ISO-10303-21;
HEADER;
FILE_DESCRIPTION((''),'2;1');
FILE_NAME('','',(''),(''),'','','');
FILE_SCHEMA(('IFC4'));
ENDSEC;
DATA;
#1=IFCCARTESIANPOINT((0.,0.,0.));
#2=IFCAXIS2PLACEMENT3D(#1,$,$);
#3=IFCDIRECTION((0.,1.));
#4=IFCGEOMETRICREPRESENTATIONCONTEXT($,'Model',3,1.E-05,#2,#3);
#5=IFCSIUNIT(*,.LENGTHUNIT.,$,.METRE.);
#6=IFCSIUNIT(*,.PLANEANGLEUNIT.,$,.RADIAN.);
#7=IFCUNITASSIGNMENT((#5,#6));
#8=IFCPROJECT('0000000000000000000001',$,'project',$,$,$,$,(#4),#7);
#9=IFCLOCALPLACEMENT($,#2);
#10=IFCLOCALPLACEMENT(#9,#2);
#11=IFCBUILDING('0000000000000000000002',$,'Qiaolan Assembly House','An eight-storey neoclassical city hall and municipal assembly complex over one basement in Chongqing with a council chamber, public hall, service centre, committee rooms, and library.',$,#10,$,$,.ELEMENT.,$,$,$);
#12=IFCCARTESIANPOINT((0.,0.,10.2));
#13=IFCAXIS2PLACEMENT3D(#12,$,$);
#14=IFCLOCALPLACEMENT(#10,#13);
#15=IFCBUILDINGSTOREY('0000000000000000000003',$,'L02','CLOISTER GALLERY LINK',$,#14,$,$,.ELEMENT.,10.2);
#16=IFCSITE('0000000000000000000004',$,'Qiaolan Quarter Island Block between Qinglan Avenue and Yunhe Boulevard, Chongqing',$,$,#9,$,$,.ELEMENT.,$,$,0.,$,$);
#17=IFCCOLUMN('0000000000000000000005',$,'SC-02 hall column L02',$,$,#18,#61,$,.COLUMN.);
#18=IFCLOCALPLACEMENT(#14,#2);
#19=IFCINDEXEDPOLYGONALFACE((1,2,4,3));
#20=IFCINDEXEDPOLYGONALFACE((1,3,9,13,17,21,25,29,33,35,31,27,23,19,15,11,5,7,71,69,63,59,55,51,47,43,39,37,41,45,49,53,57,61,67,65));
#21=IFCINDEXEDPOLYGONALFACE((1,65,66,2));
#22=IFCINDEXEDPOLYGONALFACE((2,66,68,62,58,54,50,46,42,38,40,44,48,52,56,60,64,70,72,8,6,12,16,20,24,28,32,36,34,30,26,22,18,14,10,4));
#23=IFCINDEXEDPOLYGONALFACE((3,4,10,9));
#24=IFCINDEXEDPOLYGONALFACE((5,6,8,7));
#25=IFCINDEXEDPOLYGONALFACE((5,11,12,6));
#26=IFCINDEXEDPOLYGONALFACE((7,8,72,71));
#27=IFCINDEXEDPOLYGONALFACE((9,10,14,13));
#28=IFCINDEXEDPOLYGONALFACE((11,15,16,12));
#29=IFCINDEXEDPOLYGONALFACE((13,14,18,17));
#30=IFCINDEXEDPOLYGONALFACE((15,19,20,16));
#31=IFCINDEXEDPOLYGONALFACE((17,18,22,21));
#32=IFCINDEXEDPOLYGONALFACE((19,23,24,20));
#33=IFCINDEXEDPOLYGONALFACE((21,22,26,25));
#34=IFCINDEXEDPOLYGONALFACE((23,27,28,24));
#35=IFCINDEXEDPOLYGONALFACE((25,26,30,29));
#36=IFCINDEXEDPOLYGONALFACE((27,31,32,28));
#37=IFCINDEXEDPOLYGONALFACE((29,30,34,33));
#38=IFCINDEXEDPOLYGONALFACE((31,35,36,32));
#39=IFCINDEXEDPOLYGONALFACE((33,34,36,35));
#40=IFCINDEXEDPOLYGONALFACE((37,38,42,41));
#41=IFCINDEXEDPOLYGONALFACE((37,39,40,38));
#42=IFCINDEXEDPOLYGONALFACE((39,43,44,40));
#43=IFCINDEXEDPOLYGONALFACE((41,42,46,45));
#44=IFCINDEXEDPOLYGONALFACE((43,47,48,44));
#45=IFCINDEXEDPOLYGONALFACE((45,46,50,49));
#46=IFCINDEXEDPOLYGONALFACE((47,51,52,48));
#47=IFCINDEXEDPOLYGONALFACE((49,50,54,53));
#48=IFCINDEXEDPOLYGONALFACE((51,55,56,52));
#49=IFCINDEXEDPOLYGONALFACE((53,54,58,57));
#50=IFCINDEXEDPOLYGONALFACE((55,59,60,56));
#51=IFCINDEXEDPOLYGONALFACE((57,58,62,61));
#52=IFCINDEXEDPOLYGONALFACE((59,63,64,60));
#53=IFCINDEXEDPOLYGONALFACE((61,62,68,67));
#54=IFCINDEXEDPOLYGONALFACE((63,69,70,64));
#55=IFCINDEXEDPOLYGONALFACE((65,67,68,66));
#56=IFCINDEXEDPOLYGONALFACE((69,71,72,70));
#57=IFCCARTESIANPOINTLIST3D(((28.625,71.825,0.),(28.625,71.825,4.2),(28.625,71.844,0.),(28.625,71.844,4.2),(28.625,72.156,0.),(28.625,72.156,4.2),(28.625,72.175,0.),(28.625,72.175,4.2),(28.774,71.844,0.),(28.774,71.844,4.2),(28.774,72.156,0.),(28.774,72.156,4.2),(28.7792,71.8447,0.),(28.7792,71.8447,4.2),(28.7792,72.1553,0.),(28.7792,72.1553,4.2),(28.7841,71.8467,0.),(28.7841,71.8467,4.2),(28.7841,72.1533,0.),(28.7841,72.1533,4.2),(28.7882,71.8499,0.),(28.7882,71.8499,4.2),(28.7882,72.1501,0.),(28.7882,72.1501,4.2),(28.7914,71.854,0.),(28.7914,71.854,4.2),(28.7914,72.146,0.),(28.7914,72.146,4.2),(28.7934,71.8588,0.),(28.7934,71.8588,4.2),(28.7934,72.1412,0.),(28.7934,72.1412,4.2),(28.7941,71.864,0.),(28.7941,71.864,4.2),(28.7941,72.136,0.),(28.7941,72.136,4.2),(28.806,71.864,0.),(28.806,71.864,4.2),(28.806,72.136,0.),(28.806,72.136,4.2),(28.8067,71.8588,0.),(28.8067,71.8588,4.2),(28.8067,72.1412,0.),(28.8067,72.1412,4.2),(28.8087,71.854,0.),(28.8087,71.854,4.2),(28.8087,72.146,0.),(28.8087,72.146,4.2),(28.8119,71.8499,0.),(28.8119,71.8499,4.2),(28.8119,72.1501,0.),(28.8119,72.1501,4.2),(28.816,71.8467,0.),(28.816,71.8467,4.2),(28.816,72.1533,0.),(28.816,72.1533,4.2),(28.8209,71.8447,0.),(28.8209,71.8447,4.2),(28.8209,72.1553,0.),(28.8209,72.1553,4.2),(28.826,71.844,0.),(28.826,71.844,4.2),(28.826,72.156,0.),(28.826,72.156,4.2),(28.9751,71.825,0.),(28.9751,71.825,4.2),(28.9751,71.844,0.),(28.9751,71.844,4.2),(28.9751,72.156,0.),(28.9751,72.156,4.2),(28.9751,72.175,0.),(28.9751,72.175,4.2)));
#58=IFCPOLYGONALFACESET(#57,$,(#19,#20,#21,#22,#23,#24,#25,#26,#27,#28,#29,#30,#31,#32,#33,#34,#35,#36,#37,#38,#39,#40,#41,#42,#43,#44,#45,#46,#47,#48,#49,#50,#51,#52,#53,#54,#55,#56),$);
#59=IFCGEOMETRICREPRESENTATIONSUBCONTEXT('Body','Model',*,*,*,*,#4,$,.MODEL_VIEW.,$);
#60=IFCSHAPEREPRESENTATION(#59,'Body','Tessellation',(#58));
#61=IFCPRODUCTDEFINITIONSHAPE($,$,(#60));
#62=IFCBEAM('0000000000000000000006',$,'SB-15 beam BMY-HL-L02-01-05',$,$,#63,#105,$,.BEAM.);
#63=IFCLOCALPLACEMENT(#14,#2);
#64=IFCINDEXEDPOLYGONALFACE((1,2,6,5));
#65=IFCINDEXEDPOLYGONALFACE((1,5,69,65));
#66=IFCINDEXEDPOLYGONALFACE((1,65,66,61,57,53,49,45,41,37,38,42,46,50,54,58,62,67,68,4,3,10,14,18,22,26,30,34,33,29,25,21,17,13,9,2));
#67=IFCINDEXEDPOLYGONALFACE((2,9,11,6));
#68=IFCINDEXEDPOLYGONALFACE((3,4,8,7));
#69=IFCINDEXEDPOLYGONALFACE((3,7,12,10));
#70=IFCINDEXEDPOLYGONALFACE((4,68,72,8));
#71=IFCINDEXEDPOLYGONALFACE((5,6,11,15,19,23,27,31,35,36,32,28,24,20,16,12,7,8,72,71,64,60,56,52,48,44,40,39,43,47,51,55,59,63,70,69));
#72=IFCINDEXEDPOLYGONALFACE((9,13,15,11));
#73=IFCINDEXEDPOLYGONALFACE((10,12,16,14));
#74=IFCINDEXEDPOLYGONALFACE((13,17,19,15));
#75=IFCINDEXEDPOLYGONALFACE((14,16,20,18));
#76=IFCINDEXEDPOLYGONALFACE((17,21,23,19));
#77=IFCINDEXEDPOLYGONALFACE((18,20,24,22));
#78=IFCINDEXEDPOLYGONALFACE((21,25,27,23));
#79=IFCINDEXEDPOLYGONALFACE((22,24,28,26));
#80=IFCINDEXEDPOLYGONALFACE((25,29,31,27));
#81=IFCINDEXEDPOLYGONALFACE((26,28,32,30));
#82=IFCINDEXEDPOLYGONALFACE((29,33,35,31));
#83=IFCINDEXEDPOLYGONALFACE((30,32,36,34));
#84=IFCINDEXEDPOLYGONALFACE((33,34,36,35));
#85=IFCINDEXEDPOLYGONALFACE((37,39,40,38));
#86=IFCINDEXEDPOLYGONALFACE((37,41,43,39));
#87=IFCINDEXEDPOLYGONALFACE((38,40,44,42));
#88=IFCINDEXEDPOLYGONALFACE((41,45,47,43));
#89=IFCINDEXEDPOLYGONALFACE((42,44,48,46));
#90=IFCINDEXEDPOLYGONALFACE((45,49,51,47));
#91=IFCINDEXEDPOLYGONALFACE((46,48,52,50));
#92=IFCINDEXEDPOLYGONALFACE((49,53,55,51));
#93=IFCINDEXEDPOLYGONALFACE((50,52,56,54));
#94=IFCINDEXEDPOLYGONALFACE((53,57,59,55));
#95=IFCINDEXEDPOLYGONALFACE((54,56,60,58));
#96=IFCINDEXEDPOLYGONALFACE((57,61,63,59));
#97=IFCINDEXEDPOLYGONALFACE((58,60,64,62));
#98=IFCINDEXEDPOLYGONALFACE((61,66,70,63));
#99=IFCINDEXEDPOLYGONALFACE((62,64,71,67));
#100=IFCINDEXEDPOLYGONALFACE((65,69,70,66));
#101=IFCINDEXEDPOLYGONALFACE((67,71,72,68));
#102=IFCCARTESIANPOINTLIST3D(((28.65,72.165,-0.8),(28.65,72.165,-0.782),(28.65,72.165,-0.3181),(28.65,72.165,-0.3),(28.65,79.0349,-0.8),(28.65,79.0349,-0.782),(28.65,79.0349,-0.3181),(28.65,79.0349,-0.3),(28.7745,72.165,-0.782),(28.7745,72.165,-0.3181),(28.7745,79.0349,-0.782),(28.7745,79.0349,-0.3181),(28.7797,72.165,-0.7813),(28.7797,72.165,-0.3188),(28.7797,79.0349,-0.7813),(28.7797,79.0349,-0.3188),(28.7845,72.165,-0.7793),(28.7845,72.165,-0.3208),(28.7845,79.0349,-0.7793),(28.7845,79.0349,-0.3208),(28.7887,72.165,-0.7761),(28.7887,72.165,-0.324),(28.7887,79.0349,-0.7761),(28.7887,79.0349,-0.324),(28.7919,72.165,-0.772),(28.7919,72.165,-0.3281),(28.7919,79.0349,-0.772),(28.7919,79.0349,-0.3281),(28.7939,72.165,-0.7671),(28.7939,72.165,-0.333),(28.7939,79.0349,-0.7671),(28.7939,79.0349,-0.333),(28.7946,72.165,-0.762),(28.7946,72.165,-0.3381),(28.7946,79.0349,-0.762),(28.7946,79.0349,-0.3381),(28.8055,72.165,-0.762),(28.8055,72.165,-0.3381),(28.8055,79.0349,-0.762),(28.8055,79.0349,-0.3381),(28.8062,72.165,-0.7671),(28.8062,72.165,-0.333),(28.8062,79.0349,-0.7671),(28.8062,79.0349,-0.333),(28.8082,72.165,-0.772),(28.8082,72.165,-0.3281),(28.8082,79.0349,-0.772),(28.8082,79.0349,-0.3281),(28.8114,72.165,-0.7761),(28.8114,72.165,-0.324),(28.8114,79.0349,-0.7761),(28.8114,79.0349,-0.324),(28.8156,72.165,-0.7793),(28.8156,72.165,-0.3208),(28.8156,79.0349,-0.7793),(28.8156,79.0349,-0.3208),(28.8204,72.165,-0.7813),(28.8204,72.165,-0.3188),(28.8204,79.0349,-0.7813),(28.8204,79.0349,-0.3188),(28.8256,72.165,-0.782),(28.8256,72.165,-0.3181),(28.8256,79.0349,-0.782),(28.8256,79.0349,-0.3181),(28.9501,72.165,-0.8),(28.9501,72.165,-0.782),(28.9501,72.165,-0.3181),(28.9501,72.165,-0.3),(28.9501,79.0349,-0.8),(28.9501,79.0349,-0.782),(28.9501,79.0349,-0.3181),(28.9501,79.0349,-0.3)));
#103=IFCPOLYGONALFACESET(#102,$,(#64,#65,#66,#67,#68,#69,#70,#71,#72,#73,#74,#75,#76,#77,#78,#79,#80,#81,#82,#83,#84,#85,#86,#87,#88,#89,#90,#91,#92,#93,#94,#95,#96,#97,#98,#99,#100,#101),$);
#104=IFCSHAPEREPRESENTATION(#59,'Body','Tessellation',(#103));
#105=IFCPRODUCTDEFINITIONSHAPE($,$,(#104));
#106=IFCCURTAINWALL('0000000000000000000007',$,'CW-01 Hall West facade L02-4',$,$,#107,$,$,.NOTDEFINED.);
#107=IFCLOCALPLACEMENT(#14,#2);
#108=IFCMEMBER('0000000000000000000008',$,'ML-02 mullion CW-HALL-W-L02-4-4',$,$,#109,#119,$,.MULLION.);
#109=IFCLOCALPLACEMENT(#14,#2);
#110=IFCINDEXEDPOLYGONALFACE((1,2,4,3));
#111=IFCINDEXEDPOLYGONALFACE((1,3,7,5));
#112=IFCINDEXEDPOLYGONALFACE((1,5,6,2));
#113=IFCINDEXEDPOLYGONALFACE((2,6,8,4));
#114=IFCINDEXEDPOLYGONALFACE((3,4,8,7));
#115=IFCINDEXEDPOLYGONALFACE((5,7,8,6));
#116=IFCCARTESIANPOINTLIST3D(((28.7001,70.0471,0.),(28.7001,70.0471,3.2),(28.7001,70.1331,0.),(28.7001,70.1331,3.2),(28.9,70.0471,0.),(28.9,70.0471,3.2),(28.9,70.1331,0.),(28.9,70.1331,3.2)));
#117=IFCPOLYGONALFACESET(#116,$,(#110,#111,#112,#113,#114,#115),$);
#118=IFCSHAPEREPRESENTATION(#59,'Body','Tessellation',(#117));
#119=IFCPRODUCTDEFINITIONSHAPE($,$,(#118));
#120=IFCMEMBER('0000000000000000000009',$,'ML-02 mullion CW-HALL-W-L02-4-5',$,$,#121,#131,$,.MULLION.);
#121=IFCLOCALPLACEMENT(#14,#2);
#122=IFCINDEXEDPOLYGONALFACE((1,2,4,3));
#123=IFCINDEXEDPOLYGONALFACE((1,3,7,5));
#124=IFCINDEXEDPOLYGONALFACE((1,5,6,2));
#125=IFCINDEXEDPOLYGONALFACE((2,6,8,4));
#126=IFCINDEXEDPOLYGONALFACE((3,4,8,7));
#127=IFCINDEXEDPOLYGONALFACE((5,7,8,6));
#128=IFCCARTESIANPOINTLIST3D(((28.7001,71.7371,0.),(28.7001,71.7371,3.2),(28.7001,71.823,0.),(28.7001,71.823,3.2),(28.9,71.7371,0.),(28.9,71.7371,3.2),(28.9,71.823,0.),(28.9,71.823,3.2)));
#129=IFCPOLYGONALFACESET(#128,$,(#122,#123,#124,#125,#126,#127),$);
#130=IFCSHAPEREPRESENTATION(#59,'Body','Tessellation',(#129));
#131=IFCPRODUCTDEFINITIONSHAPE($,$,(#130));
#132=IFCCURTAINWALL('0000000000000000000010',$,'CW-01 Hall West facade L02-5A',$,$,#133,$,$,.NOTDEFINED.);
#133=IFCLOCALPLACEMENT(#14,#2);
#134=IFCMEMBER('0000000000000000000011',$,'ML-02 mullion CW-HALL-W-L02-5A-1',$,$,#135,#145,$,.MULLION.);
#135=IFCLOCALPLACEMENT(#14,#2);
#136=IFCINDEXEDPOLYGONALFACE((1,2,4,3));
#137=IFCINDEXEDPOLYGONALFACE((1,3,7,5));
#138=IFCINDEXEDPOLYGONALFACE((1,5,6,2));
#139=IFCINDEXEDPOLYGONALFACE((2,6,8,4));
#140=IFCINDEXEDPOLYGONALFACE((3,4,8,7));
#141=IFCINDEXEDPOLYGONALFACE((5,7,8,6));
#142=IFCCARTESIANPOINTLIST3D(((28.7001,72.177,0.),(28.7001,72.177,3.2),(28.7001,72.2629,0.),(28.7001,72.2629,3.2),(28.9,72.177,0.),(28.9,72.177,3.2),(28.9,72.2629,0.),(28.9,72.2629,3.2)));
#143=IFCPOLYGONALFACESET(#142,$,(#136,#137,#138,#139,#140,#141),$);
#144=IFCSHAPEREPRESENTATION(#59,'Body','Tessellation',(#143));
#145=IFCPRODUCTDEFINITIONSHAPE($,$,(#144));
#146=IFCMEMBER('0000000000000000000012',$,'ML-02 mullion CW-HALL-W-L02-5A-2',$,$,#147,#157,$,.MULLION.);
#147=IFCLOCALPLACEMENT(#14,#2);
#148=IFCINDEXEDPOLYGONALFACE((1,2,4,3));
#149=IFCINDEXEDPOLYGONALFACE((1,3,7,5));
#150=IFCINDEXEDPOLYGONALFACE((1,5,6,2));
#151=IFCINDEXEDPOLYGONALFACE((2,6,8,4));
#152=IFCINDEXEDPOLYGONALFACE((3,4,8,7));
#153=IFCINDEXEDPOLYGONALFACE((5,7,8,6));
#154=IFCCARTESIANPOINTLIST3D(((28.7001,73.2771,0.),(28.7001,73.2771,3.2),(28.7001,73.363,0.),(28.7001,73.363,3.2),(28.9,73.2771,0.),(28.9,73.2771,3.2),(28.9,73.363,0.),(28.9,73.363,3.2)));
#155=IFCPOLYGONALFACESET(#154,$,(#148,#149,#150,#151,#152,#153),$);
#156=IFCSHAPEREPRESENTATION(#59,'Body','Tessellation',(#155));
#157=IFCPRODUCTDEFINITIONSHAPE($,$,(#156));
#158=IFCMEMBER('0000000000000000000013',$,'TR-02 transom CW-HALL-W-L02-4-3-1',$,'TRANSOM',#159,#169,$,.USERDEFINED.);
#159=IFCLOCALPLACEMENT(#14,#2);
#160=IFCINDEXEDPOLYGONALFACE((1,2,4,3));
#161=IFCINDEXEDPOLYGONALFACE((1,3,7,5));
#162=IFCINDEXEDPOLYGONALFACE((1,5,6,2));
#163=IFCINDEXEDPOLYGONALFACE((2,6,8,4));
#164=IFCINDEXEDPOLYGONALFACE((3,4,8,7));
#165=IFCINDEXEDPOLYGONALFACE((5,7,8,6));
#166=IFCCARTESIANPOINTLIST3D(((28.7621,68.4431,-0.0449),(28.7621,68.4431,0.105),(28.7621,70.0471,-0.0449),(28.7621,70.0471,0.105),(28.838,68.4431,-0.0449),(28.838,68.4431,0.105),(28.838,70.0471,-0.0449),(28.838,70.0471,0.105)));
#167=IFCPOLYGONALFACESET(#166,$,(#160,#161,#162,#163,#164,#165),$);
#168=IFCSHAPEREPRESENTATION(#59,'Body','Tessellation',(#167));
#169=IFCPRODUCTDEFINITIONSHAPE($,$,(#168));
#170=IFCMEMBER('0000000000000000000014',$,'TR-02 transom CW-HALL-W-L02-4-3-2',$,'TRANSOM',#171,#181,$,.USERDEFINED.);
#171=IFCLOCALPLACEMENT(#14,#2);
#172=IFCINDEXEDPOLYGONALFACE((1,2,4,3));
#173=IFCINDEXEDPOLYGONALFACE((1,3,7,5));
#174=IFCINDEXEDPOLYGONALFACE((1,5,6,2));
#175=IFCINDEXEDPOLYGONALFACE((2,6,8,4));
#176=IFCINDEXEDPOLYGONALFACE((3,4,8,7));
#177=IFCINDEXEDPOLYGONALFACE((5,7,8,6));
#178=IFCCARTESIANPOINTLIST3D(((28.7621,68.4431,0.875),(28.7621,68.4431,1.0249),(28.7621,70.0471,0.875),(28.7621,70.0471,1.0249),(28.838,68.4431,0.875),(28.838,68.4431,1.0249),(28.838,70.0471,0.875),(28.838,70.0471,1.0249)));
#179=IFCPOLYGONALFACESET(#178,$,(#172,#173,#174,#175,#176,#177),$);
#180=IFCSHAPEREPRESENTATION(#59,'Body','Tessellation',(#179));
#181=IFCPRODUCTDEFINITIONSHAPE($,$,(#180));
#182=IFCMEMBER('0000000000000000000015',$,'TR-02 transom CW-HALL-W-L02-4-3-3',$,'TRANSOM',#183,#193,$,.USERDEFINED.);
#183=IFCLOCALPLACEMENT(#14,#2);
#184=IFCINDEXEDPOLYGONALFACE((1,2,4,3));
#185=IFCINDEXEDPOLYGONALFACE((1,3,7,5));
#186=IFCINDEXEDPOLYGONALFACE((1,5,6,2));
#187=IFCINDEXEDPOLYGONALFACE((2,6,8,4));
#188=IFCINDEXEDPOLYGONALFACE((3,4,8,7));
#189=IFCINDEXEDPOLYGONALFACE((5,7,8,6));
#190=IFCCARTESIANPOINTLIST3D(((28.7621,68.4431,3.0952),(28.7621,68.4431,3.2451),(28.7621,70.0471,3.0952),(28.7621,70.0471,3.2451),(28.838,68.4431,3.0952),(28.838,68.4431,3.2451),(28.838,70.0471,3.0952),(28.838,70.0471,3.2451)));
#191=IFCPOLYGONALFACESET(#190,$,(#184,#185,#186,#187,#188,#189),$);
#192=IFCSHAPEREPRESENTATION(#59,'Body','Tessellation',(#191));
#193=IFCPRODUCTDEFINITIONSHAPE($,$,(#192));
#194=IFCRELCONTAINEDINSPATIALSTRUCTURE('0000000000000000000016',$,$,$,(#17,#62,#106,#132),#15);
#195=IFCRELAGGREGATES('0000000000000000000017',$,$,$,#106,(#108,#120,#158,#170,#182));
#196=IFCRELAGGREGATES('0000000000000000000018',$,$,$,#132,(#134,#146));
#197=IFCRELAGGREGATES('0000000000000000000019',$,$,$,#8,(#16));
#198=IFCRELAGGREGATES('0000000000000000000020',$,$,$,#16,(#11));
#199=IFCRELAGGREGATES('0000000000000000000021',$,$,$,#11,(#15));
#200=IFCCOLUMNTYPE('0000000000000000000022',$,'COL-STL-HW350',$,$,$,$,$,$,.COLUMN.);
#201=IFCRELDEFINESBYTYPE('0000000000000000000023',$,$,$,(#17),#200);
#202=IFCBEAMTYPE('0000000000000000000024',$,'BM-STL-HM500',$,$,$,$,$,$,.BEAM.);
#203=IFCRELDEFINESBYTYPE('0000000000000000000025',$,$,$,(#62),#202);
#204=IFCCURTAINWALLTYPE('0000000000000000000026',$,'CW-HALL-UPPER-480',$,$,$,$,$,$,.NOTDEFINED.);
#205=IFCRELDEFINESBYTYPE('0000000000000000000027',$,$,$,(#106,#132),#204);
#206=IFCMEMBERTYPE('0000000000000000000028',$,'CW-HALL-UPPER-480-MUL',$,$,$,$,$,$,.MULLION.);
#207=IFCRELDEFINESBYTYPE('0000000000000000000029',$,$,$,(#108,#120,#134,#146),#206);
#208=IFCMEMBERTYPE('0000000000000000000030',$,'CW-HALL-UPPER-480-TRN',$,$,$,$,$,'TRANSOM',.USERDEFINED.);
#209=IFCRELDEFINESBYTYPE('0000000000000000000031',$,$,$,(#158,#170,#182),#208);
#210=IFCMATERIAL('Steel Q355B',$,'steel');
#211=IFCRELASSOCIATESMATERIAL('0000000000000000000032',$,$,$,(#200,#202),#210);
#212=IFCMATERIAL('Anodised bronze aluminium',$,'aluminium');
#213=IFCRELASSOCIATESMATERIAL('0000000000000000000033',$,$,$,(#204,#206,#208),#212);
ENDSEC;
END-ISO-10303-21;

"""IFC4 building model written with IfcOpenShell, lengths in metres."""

from ifc_helpers import new_model, si_unit, direction, frame, origin, origin_2d, place, context, subcontext, project, spatial, rectangle, i_section, extrude, material, material_profile, profile_set, type_object, element, aggregate, save


model = new_model("IFC4")

# Units and contexts
model_context = context("Model", 3, precision=1e-05, world=origin(), true_north=direction((0.0, 1.0)))
body_context = subcontext(model_context, "Body", "Model", "MODEL_VIEW")
ifc_project = project(units=[si_unit("LENGTHUNIT", "METRE"), si_unit("PLANEANGLEUNIT", "RADIAN")], contexts=[model_context])

# Site, building, storey
site_placement = place(None, origin())
site = spatial("IfcSite", under=ifc_project, at=site_placement, Name="Qiaolan Quarter Island Block between Qinglan Avenue and Yunhe Boulevard, Chongqing", CompositionType="ELEMENT", RefElevation=0.0)
building_placement = place(site_placement, origin())
building = spatial("IfcBuilding", under=site, at=building_placement, Name="Qiaolan Assembly House", Description="An eight-storey neoclassical city hall and municipal assembly complex over one basement in Chongqing with a council chamber, public hall, service centre, committee rooms, and library.", CompositionType="ELEMENT")
storey_placement = place(building_placement, frame((0.0, 0.0, 10.2)))
storey = spatial("IfcBuildingStorey", under=building, at=storey_placement, Name="L02", Description="CLOISTER GALLERY LINK", CompositionType="ELEMENT", Elevation=10.2)

# Column
ifc_material_1 = material(Name="Steel Q355B", Category="steel")
ifc_material_profile_1 = material_profile(ifc_material_1, i_section(OverallWidth=0.3501, OverallDepth=0.3501, WebThickness=0.012, FlangeThickness=0.019, FilletRadius=0.02, at=origin_2d()), Name="HW 350x350x12x19")
ifc_profile_set_1 = profile_set([ifc_material_profile_1], Name="Steel Q355B")
column_type = type_object("IfcColumnType", Name="COL-STL-HW350", PredefinedType="COLUMN", material=ifc_profile_set_1)
column_placement = place(storey_placement, frame((28.8, 72.0, 0.0), z_axis=(0.0, 0.0, 1.0), x_axis=(1.0, 0.0, 0.0)))
element("IfcColumn", 1, at=column_placement, inside=storey, type_object=column_type, Name="SC-02 hall column L02", PredefinedType="COLUMN", context=body_context, shape_type="SweptSolid", body=[
    extrude(i_section(OverallWidth=0.3501, OverallDepth=0.3501, WebThickness=0.012, FlangeThickness=0.019, FilletRadius=0.02, at=origin_2d()), origin(), (0.0, 0.0, 1.0), 4.2),
])

# Beam
ifc_material_profile_2 = material_profile(ifc_material_1, i_section(OverallWidth=0.3, OverallDepth=0.5, WebThickness=0.011, FlangeThickness=0.0181, FilletRadius=0.02, at=origin_2d()), Name="HM 500x300x11x18")
ifc_profile_set_2 = profile_set([ifc_material_profile_2], Name="Steel Q355B")
beam_type = type_object("IfcBeamType", Name="BM-STL-HM500", PredefinedType="BEAM", material=ifc_profile_set_2)
beam_placement = place(storey_placement, frame((28.8, 72.165, -0.55), z_axis=(0.0, 1.0, 0.0), x_axis=(-1.0, 0.0, 0.0)))
element("IfcBeam", 2, at=beam_placement, inside=storey, type_object=beam_type, Name="SB-15 beam BMY-HL-L02-01-05", PredefinedType="BEAM", context=body_context, shape_type="SweptSolid", body=[
    extrude(i_section(OverallWidth=0.3, OverallDepth=0.5, WebThickness=0.011, FlangeThickness=0.0181, FilletRadius=0.02, at=origin_2d()), origin(), (0.0, 0.0, 1.0), 6.8699),
])

# Curtain walls, members
ifc_material_2 = material(Name="Anodised bronze aluminium", Category="aluminium")
curtain_wall_type = type_object("IfcCurtainWallType", Name="CW-HALL-UPPER-480", PredefinedType="NOTDEFINED", material=ifc_material_2)
curtain_wall_1_placement = place(storey_placement, origin())
curtain_wall_1 = element("IfcCurtainWall", 3, at=curtain_wall_1_placement, inside=storey, type_object=curtain_wall_type, Name="CW-01 Hall West facade L02-4", PredefinedType="NOTDEFINED")
ifc_material_profile_3 = material_profile(ifc_material_2, rectangle(XDim=0.0859, YDim=0.2, at=origin_2d()), Name="MUL 86x200")
ifc_profile_set_3 = profile_set([ifc_material_profile_3], Name="Anodised bronze aluminium")
member_type_1 = type_object("IfcMemberType", Name="CW-HALL-UPPER-480-MUL", PredefinedType="MULLION", material=ifc_profile_set_3)
member_1_placement = place(storey_placement, frame((28.8, 70.0901, 0.0), z_axis=(0.0, 0.0, 1.0), x_axis=(0.0, 1.0, 0.0)))
member_1 = element("IfcMember", 4, at=member_1_placement, type_object=member_type_1, Name="ML-02 mullion CW-HALL-W-L02-4-4", PredefinedType="MULLION", context=body_context, shape_type="SweptSolid", body=[
    extrude(rectangle(XDim=0.0859, YDim=0.2, at=origin_2d()), origin(), (0.0, 0.0, 1.0), 3.2),
])
member_2_placement = place(storey_placement, frame((28.8, 71.78, 0.0), z_axis=(0.0, 0.0, 1.0), x_axis=(0.0, 1.0, 0.0)))
member_2 = element("IfcMember", 5, at=member_2_placement, type_object=member_type_1, Name="ML-02 mullion CW-HALL-W-L02-4-5", PredefinedType="MULLION", context=body_context, shape_type="SweptSolid", body=[
    extrude(rectangle(XDim=0.0859, YDim=0.2, at=origin_2d()), origin(), (0.0, 0.0, 1.0), 3.2),
])
curtain_wall_2_placement = place(storey_placement, origin())
curtain_wall_2 = element("IfcCurtainWall", 6, at=curtain_wall_2_placement, inside=storey, type_object=curtain_wall_type, Name="CW-01 Hall West facade L02-5A", PredefinedType="NOTDEFINED")
member_3_placement = place(storey_placement, frame((28.8, 72.22, 0.0), z_axis=(0.0, 0.0, 1.0), x_axis=(0.0, 1.0, 0.0)))
member_3 = element("IfcMember", 7, at=member_3_placement, type_object=member_type_1, Name="ML-02 mullion CW-HALL-W-L02-5A-1", PredefinedType="MULLION", context=body_context, shape_type="SweptSolid", body=[
    extrude(rectangle(XDim=0.0859, YDim=0.2, at=origin_2d()), origin(), (0.0, 0.0, 1.0), 3.2),
])
member_4_placement = place(storey_placement, frame((28.8, 73.3201, 0.0), z_axis=(0.0, 0.0, 1.0), x_axis=(0.0, 1.0, 0.0)))
member_4 = element("IfcMember", 8, at=member_4_placement, type_object=member_type_1, Name="ML-02 mullion CW-HALL-W-L02-5A-2", PredefinedType="MULLION", context=body_context, shape_type="SweptSolid", body=[
    extrude(rectangle(XDim=0.0859, YDim=0.2, at=origin_2d()), origin(), (0.0, 0.0, 1.0), 3.2),
])

# Members
ifc_material_profile_4 = material_profile(ifc_material_2, rectangle(XDim=0.0759, YDim=0.1499, at=origin_2d()), Name="TRN 76x150")
ifc_profile_set_4 = profile_set([ifc_material_profile_4], Name="Anodised bronze aluminium")
member_type_2 = type_object("IfcMemberType", Name="CW-HALL-UPPER-480-TRN", ElementType="TRANSOM", PredefinedType="USERDEFINED", material=ifc_profile_set_4)
member_5_placement = place(storey_placement, frame((28.8, 68.4431, 0.03), z_axis=(0.0, 1.0, 0.0), x_axis=(-1.0, 0.0, 0.0)))
member_5 = element("IfcMember", 9, at=member_5_placement, type_object=member_type_2, Name="TR-02 transom CW-HALL-W-L02-4-3-1", ObjectType="TRANSOM", PredefinedType="USERDEFINED", context=body_context, shape_type="SweptSolid", body=[
    extrude(rectangle(XDim=0.0759, YDim=0.1499, at=origin_2d()), origin(), (0.0, 0.0, 1.0), 1.604),
])
member_6_placement = place(storey_placement, frame((28.8, 68.4431, 0.95), z_axis=(0.0, 1.0, 0.0), x_axis=(-1.0, 0.0, 0.0)))
member_6 = element("IfcMember", 10, at=member_6_placement, type_object=member_type_2, Name="TR-02 transom CW-HALL-W-L02-4-3-2", ObjectType="TRANSOM", PredefinedType="USERDEFINED", context=body_context, shape_type="SweptSolid", body=[
    extrude(rectangle(XDim=0.0759, YDim=0.1499, at=origin_2d()), origin(), (0.0, 0.0, 1.0), 1.604),
])
member_7_placement = place(storey_placement, frame((28.8, 68.4431, 3.1702), z_axis=(0.0, 1.0, 0.0), x_axis=(-1.0, 0.0, 0.0)))
member_7 = element("IfcMember", 11, at=member_7_placement, type_object=member_type_2, Name="TR-02 transom CW-HALL-W-L02-4-3-3", ObjectType="TRANSOM", PredefinedType="USERDEFINED", context=body_context, shape_type="SweptSolid", body=[
    extrude(rectangle(XDim=0.0759, YDim=0.1499, at=origin_2d()), origin(), (0.0, 0.0, 1.0), 1.604),
])

aggregate(curtain_wall_1, [member_1, member_2, member_5, member_6, member_7])
aggregate(curtain_wall_2, [member_3, member_4])

save(model, "model.ifc")
